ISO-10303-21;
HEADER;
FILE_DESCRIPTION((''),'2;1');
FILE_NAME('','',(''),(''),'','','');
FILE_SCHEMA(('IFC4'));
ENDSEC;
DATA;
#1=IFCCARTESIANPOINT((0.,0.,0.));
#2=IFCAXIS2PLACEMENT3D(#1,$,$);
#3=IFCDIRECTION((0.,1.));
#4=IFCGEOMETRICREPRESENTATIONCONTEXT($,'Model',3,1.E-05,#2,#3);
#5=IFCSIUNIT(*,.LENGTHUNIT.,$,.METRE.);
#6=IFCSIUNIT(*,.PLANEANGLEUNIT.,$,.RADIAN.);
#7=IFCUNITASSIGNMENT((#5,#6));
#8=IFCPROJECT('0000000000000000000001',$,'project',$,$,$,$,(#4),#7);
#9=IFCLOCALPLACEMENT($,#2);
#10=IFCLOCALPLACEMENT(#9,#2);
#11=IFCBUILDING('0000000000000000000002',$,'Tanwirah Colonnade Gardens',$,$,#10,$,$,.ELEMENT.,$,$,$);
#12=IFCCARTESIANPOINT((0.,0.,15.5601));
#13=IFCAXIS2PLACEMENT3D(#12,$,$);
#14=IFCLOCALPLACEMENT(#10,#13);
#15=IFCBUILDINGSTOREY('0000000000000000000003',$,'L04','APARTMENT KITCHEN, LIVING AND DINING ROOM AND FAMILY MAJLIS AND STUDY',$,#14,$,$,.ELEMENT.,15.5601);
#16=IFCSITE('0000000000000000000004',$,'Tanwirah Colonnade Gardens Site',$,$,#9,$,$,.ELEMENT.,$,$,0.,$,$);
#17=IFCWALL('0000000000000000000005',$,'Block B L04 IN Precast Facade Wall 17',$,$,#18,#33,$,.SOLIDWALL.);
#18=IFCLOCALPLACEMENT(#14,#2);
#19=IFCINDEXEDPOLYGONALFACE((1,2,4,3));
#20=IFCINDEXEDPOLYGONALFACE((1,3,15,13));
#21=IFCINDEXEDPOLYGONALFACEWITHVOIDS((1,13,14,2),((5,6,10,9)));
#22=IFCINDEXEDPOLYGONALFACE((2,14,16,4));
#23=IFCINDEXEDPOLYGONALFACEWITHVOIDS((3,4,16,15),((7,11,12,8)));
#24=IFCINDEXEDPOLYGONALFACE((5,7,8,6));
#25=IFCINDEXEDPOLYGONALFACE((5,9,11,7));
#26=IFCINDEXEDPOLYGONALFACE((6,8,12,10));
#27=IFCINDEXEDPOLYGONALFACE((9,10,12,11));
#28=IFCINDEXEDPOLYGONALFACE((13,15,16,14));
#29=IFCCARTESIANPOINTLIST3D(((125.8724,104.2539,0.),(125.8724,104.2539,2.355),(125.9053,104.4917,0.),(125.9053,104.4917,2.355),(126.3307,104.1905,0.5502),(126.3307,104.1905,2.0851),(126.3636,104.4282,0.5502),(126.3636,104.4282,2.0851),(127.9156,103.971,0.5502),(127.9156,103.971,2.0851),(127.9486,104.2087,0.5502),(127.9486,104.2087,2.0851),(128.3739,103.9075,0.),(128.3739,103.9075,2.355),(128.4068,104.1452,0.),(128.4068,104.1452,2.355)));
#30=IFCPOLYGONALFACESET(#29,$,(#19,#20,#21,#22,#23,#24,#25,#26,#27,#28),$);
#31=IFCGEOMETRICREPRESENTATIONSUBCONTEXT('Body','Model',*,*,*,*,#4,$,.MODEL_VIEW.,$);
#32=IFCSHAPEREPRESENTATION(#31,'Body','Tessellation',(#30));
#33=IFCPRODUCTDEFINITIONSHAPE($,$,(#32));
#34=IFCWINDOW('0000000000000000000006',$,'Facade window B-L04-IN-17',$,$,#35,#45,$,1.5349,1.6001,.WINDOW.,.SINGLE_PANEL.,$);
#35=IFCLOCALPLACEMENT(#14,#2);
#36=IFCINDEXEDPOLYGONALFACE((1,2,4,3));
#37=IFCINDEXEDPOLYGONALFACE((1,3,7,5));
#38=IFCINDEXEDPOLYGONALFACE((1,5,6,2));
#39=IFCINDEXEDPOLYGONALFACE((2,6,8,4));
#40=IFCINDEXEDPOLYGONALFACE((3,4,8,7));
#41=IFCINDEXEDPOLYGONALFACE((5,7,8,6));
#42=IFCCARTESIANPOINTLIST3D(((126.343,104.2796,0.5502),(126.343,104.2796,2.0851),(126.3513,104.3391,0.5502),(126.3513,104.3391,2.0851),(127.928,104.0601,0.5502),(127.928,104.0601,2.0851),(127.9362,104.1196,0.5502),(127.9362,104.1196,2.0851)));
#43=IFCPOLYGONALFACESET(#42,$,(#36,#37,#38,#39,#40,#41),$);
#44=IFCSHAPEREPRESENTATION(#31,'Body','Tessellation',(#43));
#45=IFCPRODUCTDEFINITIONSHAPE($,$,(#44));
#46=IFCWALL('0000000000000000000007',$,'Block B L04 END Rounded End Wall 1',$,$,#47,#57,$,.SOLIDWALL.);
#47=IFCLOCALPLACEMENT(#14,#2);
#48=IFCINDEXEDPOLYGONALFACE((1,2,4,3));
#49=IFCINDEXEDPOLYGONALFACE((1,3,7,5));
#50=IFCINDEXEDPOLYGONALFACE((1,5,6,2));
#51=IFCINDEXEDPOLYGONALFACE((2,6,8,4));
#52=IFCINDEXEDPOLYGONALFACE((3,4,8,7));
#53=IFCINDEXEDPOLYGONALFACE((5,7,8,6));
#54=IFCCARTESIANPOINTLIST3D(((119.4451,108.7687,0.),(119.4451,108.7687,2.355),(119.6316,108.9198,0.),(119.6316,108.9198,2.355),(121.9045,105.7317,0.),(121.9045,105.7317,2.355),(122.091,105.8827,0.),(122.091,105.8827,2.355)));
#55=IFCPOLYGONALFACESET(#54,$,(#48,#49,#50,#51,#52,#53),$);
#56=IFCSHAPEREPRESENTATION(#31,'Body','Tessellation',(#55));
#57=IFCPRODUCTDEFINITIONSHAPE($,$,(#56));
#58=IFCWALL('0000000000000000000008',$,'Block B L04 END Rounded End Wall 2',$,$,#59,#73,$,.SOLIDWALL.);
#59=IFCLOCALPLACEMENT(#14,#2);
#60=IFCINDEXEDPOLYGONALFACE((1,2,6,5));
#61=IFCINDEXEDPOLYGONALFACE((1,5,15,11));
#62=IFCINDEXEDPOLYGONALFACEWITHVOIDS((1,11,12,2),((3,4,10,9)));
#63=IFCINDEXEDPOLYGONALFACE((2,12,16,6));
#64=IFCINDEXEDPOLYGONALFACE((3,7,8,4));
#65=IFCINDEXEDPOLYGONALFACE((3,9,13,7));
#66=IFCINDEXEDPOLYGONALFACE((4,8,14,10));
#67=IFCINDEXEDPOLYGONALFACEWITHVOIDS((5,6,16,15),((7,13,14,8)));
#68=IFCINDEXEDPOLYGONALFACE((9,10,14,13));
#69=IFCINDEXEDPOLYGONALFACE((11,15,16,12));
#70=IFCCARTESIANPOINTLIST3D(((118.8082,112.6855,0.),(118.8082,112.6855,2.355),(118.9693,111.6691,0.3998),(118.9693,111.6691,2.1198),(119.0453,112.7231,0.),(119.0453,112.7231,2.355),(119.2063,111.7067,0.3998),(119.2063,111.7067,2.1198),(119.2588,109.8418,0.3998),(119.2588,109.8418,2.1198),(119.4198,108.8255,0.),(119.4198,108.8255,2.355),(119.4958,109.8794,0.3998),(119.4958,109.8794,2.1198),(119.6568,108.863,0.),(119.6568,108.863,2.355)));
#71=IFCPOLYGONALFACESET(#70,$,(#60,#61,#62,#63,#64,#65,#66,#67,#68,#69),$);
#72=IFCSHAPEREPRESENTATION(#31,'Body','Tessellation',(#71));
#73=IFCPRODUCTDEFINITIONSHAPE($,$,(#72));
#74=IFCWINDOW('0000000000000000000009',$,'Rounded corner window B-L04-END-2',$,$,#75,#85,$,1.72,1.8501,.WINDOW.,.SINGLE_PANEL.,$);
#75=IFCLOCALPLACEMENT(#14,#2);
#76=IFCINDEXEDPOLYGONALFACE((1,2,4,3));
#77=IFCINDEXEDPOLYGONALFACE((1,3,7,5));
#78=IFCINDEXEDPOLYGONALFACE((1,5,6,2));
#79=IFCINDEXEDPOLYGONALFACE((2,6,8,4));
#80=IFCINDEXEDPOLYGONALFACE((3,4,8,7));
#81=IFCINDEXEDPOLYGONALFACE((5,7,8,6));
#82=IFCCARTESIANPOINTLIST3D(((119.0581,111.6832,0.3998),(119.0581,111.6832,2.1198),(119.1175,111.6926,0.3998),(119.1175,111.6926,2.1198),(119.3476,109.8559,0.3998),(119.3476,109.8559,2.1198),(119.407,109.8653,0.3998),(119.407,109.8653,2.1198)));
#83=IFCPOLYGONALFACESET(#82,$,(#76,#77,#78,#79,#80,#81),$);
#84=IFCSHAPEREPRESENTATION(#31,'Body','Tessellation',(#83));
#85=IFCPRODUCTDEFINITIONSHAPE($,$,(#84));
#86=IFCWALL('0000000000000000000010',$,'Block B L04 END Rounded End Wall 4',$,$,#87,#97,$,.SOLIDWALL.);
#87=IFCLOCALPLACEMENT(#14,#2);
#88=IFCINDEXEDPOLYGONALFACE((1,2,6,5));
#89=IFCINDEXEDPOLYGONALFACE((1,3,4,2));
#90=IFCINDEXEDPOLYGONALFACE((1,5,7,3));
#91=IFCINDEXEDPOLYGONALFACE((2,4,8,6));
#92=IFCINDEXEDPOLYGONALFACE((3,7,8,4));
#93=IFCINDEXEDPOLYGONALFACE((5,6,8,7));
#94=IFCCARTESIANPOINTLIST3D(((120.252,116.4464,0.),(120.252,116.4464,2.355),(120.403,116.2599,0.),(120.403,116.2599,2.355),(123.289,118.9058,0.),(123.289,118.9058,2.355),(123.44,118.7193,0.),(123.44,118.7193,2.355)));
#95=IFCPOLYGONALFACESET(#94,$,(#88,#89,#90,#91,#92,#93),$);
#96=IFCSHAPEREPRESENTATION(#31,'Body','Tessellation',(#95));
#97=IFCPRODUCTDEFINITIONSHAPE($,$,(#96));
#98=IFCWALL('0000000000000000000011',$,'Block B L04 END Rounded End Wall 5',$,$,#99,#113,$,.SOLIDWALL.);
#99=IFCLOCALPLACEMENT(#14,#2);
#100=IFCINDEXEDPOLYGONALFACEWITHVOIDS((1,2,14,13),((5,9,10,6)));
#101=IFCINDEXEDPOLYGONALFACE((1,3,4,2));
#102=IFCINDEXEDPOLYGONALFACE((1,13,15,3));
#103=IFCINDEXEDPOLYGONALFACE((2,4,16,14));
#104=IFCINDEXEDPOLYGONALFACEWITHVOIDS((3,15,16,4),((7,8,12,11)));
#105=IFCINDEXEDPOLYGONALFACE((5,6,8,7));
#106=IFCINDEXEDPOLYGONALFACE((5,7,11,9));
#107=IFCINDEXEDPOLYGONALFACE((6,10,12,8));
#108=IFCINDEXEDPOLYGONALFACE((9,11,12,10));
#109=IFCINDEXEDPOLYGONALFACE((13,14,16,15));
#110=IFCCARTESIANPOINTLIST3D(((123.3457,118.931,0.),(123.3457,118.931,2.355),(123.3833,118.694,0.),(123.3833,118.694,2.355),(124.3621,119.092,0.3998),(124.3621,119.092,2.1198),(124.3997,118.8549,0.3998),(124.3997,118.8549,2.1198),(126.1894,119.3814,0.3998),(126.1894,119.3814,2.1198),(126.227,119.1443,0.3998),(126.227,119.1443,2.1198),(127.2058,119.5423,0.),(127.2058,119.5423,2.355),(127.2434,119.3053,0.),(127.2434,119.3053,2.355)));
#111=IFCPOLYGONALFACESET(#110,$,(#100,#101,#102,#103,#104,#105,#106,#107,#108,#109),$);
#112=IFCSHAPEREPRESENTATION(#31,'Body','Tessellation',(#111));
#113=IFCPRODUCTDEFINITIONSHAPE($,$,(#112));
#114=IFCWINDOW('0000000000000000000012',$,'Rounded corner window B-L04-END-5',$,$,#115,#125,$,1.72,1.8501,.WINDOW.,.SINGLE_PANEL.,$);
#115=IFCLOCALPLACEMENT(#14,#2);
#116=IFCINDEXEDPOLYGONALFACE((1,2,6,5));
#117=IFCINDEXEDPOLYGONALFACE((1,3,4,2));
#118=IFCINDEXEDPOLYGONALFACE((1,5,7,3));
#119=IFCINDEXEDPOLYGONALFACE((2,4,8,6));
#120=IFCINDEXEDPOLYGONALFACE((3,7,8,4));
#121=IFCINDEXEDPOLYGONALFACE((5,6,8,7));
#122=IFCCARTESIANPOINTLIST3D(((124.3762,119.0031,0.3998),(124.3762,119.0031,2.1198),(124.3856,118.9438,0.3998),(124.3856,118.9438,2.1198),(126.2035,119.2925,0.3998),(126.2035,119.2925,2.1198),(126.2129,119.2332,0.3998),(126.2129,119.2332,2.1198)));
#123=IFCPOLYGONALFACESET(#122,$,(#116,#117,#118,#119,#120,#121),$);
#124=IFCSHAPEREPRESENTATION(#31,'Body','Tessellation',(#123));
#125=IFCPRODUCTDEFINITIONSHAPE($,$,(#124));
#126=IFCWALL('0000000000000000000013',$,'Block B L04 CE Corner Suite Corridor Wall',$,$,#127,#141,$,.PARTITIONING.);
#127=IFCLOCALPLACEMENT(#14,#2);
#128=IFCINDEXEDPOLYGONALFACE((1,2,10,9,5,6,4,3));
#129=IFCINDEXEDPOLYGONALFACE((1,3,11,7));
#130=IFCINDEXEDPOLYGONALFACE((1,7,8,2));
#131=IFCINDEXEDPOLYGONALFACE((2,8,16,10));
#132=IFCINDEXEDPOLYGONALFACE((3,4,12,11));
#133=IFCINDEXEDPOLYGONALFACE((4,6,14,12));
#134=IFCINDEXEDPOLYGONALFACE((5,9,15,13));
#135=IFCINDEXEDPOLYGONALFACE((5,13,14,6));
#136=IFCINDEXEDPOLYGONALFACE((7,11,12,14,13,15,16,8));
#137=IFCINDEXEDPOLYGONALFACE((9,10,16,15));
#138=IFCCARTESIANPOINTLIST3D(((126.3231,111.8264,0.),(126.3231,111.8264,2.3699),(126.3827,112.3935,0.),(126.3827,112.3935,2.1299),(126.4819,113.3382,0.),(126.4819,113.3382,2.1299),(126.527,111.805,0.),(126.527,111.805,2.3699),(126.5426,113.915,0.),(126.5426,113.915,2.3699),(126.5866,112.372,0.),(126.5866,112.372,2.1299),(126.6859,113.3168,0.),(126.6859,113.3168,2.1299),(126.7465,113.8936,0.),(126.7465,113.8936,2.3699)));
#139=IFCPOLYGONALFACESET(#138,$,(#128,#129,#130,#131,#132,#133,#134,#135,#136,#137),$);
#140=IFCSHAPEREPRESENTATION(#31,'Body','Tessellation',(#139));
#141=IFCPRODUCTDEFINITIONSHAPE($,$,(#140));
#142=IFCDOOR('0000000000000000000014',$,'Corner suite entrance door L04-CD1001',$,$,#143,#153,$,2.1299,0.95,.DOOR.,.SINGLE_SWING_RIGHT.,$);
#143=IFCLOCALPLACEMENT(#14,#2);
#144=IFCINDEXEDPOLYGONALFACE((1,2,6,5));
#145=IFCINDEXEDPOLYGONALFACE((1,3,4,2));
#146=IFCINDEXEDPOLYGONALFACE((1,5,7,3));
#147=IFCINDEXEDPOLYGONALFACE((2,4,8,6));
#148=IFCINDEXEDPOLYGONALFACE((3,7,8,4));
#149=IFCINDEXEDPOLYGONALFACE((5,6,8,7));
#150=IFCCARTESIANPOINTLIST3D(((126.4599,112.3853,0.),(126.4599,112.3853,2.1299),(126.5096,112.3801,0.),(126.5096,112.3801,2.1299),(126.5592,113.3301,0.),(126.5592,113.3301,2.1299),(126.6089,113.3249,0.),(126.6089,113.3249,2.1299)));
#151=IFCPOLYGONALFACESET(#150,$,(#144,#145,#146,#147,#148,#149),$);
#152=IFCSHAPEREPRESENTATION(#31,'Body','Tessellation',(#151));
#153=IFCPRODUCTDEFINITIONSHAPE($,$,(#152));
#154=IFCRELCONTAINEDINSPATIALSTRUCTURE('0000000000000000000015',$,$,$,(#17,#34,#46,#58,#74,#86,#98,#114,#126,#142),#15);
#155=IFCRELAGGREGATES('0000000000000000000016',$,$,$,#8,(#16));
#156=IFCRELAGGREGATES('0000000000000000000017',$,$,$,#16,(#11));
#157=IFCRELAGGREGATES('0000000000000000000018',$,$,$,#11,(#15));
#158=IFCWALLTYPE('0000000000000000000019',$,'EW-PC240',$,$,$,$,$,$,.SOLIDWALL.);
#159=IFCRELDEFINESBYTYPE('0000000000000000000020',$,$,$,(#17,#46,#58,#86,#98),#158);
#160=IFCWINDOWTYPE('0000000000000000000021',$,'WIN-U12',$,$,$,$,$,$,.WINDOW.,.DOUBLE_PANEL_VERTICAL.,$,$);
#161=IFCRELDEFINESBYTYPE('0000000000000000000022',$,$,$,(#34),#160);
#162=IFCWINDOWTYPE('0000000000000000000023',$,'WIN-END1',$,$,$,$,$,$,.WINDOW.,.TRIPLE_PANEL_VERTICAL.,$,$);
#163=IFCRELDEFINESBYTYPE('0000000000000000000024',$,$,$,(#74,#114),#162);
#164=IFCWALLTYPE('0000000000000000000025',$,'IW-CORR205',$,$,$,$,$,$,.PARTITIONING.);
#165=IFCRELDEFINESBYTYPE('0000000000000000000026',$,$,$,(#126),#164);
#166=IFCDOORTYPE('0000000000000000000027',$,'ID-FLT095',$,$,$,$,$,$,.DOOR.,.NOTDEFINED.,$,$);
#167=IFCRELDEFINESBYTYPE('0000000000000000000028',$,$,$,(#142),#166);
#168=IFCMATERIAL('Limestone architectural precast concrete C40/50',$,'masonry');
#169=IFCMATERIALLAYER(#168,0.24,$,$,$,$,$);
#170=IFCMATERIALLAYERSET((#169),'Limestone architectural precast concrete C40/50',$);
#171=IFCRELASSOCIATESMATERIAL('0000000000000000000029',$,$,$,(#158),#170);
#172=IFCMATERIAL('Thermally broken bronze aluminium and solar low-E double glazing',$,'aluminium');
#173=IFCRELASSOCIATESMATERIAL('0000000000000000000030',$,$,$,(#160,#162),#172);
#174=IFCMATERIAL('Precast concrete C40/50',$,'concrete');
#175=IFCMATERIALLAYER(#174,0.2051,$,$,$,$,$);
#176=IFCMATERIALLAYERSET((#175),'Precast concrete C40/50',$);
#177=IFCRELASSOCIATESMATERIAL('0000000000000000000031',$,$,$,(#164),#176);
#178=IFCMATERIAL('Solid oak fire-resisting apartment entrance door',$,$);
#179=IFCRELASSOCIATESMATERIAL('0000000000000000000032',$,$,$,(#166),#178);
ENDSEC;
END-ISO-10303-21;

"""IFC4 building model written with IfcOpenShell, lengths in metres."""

from ifc_helpers import new_model, si_unit, direction, frame, frame_2d, origin, place, context, subcontext, project, spatial, rectangle, extrude, material, layer, layer_set, type_object, element, fill, save


model = new_model("IFC4")

# Units and contexts
model_context = context("Model", 3, precision=1e-05, world=origin(), true_north=direction((0.0, 1.0)))
body_context = subcontext(model_context, "Body", "Model", "MODEL_VIEW")
ifc_project = project(units=[si_unit("LENGTHUNIT", "METRE"), si_unit("PLANEANGLEUNIT", "RADIAN")], contexts=[model_context])

# Site, building, storey
site_placement = place(None, origin())
site = spatial("IfcSite", under=ifc_project, at=site_placement, Name="Tanwirah Colonnade Gardens Site", CompositionType="ELEMENT", RefElevation=0.0)
building_placement = place(site_placement, origin())
building = spatial("IfcBuilding", under=site, at=building_placement, Name="Tanwirah Colonnade Gardens", CompositionType="ELEMENT")
storey_placement = place(building_placement, frame((0.0, 0.0, 15.5601)))
storey = spatial("IfcBuildingStorey", under=building, at=storey_placement, Name="L04", Description="APARTMENT KITCHEN, LIVING AND DINING ROOM AND FAMILY MAJLIS AND STUDY", CompositionType="ELEMENT", Elevation=15.5601)

# Shared definitions
ifc_material_1 = material(Name="Precast concrete C40/50", Category="concrete")

# Wall, opening, window
ifc_material_2 = material(Name="Limestone architectural precast concrete C40/50", Category="masonry")
ifc_layer_1 = layer(ifc_material_2, 0.24)
ifc_layer_set_1 = layer_set([ifc_layer_1], Name="Limestone architectural precast concrete C40/50")
wall_type_1 = type_object("IfcWallType", Name="EW-PC240", PredefinedType="SOLIDWALL", material=ifc_layer_set_1)
wall_1_placement = place(storey_placement, frame((128.3904, 104.0264, 0.0), z_axis=(0.0, 0.0, 1.0), x_axis=(-0.990546, 0.137184, 0.0)))
wall_1 = element("IfcWall", 1, at=wall_1_placement, inside=storey, type_object=wall_type_1, Name="Block B L04 IN Precast Facade Wall 17", PredefinedType="SOLIDWALL", context=body_context, shape_type="SweptSolid", body=[
    extrude(rectangle(XDim=2.5254, YDim=0.24, at=frame_2d((1.2627, 0.0))), origin(), (0.0, 0.0, 1.0), 2.355),
])
opening_1_placement = place(wall_1_placement, frame((0.4626, 0.0, 0.55)))
opening_1 = element("IfcOpeningElement", 2, at=opening_1_placement, cuts=wall_1, PredefinedType="OPENING", context=body_context, shape_type="SweptSolid", body=[
    extrude(rectangle(XDim=1.6001, YDim=1.5349, at=frame_2d((0.8, 0.7676))), frame((0.0, 0.1299, 0.0), z_axis=(0.0, -1.0, 0.0), x_axis=(1.0, 0.0, 0.0)), (0.0, 0.0, 1.0), 0.26),
])
ifc_material_3 = material(Name="Thermally broken bronze aluminium and solar low-E double glazing", Category="aluminium")
window_type_1 = type_object("IfcWindowType", Name="WIN-U12", PartitioningType="DOUBLE_PANEL_VERTICAL", PredefinedType="WINDOW", material=ifc_material_3)
window_1_placement = place(opening_1_placement, origin())
window_1 = element("IfcWindow", 3, at=window_1_placement, inside=storey, type_object=window_type_1, Name="Facade window B-L04-IN-17", OverallHeight=1.5349, OverallWidth=1.6001, PartitioningType="SINGLE_PANEL", PredefinedType="WINDOW", context=body_context, shape_type="SweptSolid", body=[
    extrude(rectangle(XDim=1.6001, YDim=1.5349, at=frame_2d((0.8, 0.7676))), frame((0.0, 0.03, 0.0), z_axis=(0.0, -1.0, 0.0), x_axis=(1.0, 0.0, 0.0)), (0.0, 0.0, 1.0), 0.0601),
])
fill(opening_1, window_1)

# Wall
wall_2_placement = place(storey_placement, frame((121.9978, 105.8071, 0.0), z_axis=(0.0, 0.0, 1.0), x_axis=(-0.629331, 0.777137, 0.0)))
element("IfcWall", 4, at=wall_2_placement, inside=storey, type_object=wall_type_1, Name="Block B L04 END Rounded End Wall 1", PredefinedType="SOLIDWALL", context=body_context, shape_type="SweptSolid", body=[
    extrude(rectangle(XDim=3.908, YDim=0.24, at=frame_2d((1.9541, 0.0))), origin(), (0.0, 0.0, 1.0), 2.355),
])

# Wall, opening, window
wall_3_placement = place(storey_placement, frame((119.5383, 108.8442, 0.0), z_axis=(0.0, 0.0, 1.0), x_axis=(-0.156482, 0.987681, 0.0)))
wall_3 = element("IfcWall", 5, at=wall_3_placement, inside=storey, type_object=wall_type_1, Name="Block B L04 END Rounded End Wall 2", PredefinedType="SOLIDWALL", context=body_context, shape_type="SweptSolid", body=[
    extrude(rectangle(XDim=3.9082, YDim=0.24, at=frame_2d((1.9541, 0.0))), origin(), (0.0, 0.0, 1.0), 2.355),
])
opening_2_placement = place(wall_3_placement, frame((1.0291, 0.0, 0.3999)))
opening_2 = element("IfcOpeningElement", 6, at=opening_2_placement, cuts=wall_3, PredefinedType="OPENING", context=body_context, shape_type="SweptSolid", body=[
    extrude(rectangle(XDim=1.8501, YDim=1.72, at=frame_2d((0.925, 0.8599))), frame((0.0, 0.1299, 0.0), z_axis=(0.0, -1.0, 0.0), x_axis=(1.0, 0.0, 0.0)), (0.0, 0.0, 1.0), 0.26),
])
window_type_2 = type_object("IfcWindowType", Name="WIN-END1", PartitioningType="TRIPLE_PANEL_VERTICAL", PredefinedType="WINDOW", material=ifc_material_3)
window_2_placement = place(opening_2_placement, origin())
window_2 = element("IfcWindow", 7, at=window_2_placement, inside=storey, type_object=window_type_2, Name="Rounded corner window B-L04-END-2", OverallHeight=1.72, OverallWidth=1.8501, PartitioningType="SINGLE_PANEL", PredefinedType="WINDOW", context=body_context, shape_type="SweptSolid", body=[
    extrude(rectangle(XDim=1.8501, YDim=1.72, at=frame_2d((0.925, 0.8599))), frame((0.0, 0.03, 0.0), z_axis=(0.0, -1.0, 0.0), x_axis=(1.0, 0.0, 0.0)), (0.0, 0.0, 1.0), 0.0601),
])
fill(opening_2, window_2)

# Wall
wall_4_placement = place(storey_placement, frame((120.3274, 116.353, 0.0), z_axis=(0.0, 0.0, 1.0), x_axis=(0.777137, 0.629331, 0.0)))
element("IfcWall", 8, at=wall_4_placement, inside=storey, type_object=wall_type_1, Name="Block B L04 END Rounded End Wall 4", PredefinedType="SOLIDWALL", context=body_context, shape_type="SweptSolid", body=[
    extrude(rectangle(XDim=3.908, YDim=0.24, at=frame_2d((1.9541, 0.0))), origin(), (0.0, 0.0, 1.0), 2.355),
])

# Wall, opening, window
wall_5_placement = place(storey_placement, frame((123.3645, 118.8125, 0.0), z_axis=(0.0, 0.0, 1.0), x_axis=(0.98769, 0.156421, 0.0)))
wall_5 = element("IfcWall", 9, at=wall_5_placement, inside=storey, type_object=wall_type_1, Name="Block B L04 END Rounded End Wall 5", PredefinedType="SOLIDWALL", context=body_context, shape_type="SweptSolid", body=[
    extrude(rectangle(XDim=3.9082, YDim=0.24, at=frame_2d((1.9541, 0.0))), origin(), (0.0, 0.0, 1.0), 2.355),
])
opening_3_placement = place(wall_5_placement, frame((1.0291, 0.0, 0.3999)))
opening_3 = element("IfcOpeningElement", 10, at=opening_3_placement, cuts=wall_5, PredefinedType="OPENING", context=body_context, shape_type="SweptSolid", body=[
    extrude(rectangle(XDim=1.8501, YDim=1.72, at=frame_2d((0.925, 0.8599))), frame((0.0, 0.1299, 0.0), z_axis=(0.0, -1.0, 0.0), x_axis=(1.0, 0.0, 0.0)), (0.0, 0.0, 1.0), 0.26),
])
window_3_placement = place(opening_3_placement, origin())
window_3 = element("IfcWindow", 11, at=window_3_placement, inside=storey, type_object=window_type_2, Name="Rounded corner window B-L04-END-5", OverallHeight=1.72, OverallWidth=1.8501, PartitioningType="SINGLE_PANEL", PredefinedType="WINDOW", context=body_context, shape_type="SweptSolid", body=[
    extrude(rectangle(XDim=1.8501, YDim=1.72, at=frame_2d((0.925, 0.8599))), frame((0.0, 0.03, 0.0), z_axis=(0.0, -1.0, 0.0), x_axis=(1.0, 0.0, 0.0)), (0.0, 0.0, 1.0), 0.0601),
])
fill(opening_3, window_3)

# Wall, opening, door
ifc_layer_2 = layer(ifc_material_1, 0.2051)
ifc_layer_set_2 = layer_set([ifc_layer_2], Name="Precast concrete C40/50")
wall_type_2 = type_object("IfcWallType", Name="IW-CORR205", PredefinedType="PARTITIONING", material=ifc_layer_set_2)
wall_6_placement = place(storey_placement, frame((126.425, 111.8157, 0.0), z_axis=(0.0, 0.0, 1.0), x_axis=(0.104509, 0.994524, 0.0)))
wall_6 = element("IfcWall", 12, at=wall_6_placement, inside=storey, type_object=wall_type_2, Name="Block B L04 CE Corner Suite Corridor Wall", PredefinedType="PARTITIONING", context=body_context, shape_type="SweptSolid", body=[
    extrude(rectangle(XDim=2.1001, YDim=0.2051, at=frame_2d((1.05, 0.0))), origin(), (0.0, 0.0, 1.0), 2.3699),
])
opening_4_placement = place(wall_6_placement, frame((0.5701, 0.0, 0.0)))
opening_4 = element("IfcOpeningElement", 13, at=opening_4_placement, cuts=wall_6, PredefinedType="OPENING", context=body_context, shape_type="SweptSolid", body=[
    extrude(rectangle(XDim=0.95, YDim=2.1299, at=frame_2d((0.4751, 1.0649))), frame((0.0, 0.1125, 0.0), z_axis=(0.0, -1.0, 0.0), x_axis=(1.0, 0.0, 0.0)), (0.0, 0.0, 1.0), 0.2251),
])
ifc_material_4 = material(Name="Solid oak fire-resisting apartment entrance door")
door_type = type_object("IfcDoorType", Name="ID-FLT095", OperationType="NOTDEFINED", PredefinedType="DOOR", material=ifc_material_4)
door_placement = place(opening_4_placement, origin())
door = element("IfcDoor", 14, at=door_placement, inside=storey, type_object=door_type, Name="Corner suite entrance door L04-CD1001", OperationType="SINGLE_SWING_RIGHT", OverallHeight=2.1299, OverallWidth=0.95, PredefinedType="DOOR", context=body_context, shape_type="SweptSolid", body=[
    extrude(rectangle(XDim=0.95, YDim=2.1299, at=frame_2d((0.4751, 1.0649))), frame((0.0, 0.0249, 0.0), z_axis=(0.0, -1.0, 0.0), x_axis=(1.0, 0.0, 0.0)), (0.0, 0.0, 1.0), 0.05),
])
fill(opening_4, door)

save(model, "model.ifc")
